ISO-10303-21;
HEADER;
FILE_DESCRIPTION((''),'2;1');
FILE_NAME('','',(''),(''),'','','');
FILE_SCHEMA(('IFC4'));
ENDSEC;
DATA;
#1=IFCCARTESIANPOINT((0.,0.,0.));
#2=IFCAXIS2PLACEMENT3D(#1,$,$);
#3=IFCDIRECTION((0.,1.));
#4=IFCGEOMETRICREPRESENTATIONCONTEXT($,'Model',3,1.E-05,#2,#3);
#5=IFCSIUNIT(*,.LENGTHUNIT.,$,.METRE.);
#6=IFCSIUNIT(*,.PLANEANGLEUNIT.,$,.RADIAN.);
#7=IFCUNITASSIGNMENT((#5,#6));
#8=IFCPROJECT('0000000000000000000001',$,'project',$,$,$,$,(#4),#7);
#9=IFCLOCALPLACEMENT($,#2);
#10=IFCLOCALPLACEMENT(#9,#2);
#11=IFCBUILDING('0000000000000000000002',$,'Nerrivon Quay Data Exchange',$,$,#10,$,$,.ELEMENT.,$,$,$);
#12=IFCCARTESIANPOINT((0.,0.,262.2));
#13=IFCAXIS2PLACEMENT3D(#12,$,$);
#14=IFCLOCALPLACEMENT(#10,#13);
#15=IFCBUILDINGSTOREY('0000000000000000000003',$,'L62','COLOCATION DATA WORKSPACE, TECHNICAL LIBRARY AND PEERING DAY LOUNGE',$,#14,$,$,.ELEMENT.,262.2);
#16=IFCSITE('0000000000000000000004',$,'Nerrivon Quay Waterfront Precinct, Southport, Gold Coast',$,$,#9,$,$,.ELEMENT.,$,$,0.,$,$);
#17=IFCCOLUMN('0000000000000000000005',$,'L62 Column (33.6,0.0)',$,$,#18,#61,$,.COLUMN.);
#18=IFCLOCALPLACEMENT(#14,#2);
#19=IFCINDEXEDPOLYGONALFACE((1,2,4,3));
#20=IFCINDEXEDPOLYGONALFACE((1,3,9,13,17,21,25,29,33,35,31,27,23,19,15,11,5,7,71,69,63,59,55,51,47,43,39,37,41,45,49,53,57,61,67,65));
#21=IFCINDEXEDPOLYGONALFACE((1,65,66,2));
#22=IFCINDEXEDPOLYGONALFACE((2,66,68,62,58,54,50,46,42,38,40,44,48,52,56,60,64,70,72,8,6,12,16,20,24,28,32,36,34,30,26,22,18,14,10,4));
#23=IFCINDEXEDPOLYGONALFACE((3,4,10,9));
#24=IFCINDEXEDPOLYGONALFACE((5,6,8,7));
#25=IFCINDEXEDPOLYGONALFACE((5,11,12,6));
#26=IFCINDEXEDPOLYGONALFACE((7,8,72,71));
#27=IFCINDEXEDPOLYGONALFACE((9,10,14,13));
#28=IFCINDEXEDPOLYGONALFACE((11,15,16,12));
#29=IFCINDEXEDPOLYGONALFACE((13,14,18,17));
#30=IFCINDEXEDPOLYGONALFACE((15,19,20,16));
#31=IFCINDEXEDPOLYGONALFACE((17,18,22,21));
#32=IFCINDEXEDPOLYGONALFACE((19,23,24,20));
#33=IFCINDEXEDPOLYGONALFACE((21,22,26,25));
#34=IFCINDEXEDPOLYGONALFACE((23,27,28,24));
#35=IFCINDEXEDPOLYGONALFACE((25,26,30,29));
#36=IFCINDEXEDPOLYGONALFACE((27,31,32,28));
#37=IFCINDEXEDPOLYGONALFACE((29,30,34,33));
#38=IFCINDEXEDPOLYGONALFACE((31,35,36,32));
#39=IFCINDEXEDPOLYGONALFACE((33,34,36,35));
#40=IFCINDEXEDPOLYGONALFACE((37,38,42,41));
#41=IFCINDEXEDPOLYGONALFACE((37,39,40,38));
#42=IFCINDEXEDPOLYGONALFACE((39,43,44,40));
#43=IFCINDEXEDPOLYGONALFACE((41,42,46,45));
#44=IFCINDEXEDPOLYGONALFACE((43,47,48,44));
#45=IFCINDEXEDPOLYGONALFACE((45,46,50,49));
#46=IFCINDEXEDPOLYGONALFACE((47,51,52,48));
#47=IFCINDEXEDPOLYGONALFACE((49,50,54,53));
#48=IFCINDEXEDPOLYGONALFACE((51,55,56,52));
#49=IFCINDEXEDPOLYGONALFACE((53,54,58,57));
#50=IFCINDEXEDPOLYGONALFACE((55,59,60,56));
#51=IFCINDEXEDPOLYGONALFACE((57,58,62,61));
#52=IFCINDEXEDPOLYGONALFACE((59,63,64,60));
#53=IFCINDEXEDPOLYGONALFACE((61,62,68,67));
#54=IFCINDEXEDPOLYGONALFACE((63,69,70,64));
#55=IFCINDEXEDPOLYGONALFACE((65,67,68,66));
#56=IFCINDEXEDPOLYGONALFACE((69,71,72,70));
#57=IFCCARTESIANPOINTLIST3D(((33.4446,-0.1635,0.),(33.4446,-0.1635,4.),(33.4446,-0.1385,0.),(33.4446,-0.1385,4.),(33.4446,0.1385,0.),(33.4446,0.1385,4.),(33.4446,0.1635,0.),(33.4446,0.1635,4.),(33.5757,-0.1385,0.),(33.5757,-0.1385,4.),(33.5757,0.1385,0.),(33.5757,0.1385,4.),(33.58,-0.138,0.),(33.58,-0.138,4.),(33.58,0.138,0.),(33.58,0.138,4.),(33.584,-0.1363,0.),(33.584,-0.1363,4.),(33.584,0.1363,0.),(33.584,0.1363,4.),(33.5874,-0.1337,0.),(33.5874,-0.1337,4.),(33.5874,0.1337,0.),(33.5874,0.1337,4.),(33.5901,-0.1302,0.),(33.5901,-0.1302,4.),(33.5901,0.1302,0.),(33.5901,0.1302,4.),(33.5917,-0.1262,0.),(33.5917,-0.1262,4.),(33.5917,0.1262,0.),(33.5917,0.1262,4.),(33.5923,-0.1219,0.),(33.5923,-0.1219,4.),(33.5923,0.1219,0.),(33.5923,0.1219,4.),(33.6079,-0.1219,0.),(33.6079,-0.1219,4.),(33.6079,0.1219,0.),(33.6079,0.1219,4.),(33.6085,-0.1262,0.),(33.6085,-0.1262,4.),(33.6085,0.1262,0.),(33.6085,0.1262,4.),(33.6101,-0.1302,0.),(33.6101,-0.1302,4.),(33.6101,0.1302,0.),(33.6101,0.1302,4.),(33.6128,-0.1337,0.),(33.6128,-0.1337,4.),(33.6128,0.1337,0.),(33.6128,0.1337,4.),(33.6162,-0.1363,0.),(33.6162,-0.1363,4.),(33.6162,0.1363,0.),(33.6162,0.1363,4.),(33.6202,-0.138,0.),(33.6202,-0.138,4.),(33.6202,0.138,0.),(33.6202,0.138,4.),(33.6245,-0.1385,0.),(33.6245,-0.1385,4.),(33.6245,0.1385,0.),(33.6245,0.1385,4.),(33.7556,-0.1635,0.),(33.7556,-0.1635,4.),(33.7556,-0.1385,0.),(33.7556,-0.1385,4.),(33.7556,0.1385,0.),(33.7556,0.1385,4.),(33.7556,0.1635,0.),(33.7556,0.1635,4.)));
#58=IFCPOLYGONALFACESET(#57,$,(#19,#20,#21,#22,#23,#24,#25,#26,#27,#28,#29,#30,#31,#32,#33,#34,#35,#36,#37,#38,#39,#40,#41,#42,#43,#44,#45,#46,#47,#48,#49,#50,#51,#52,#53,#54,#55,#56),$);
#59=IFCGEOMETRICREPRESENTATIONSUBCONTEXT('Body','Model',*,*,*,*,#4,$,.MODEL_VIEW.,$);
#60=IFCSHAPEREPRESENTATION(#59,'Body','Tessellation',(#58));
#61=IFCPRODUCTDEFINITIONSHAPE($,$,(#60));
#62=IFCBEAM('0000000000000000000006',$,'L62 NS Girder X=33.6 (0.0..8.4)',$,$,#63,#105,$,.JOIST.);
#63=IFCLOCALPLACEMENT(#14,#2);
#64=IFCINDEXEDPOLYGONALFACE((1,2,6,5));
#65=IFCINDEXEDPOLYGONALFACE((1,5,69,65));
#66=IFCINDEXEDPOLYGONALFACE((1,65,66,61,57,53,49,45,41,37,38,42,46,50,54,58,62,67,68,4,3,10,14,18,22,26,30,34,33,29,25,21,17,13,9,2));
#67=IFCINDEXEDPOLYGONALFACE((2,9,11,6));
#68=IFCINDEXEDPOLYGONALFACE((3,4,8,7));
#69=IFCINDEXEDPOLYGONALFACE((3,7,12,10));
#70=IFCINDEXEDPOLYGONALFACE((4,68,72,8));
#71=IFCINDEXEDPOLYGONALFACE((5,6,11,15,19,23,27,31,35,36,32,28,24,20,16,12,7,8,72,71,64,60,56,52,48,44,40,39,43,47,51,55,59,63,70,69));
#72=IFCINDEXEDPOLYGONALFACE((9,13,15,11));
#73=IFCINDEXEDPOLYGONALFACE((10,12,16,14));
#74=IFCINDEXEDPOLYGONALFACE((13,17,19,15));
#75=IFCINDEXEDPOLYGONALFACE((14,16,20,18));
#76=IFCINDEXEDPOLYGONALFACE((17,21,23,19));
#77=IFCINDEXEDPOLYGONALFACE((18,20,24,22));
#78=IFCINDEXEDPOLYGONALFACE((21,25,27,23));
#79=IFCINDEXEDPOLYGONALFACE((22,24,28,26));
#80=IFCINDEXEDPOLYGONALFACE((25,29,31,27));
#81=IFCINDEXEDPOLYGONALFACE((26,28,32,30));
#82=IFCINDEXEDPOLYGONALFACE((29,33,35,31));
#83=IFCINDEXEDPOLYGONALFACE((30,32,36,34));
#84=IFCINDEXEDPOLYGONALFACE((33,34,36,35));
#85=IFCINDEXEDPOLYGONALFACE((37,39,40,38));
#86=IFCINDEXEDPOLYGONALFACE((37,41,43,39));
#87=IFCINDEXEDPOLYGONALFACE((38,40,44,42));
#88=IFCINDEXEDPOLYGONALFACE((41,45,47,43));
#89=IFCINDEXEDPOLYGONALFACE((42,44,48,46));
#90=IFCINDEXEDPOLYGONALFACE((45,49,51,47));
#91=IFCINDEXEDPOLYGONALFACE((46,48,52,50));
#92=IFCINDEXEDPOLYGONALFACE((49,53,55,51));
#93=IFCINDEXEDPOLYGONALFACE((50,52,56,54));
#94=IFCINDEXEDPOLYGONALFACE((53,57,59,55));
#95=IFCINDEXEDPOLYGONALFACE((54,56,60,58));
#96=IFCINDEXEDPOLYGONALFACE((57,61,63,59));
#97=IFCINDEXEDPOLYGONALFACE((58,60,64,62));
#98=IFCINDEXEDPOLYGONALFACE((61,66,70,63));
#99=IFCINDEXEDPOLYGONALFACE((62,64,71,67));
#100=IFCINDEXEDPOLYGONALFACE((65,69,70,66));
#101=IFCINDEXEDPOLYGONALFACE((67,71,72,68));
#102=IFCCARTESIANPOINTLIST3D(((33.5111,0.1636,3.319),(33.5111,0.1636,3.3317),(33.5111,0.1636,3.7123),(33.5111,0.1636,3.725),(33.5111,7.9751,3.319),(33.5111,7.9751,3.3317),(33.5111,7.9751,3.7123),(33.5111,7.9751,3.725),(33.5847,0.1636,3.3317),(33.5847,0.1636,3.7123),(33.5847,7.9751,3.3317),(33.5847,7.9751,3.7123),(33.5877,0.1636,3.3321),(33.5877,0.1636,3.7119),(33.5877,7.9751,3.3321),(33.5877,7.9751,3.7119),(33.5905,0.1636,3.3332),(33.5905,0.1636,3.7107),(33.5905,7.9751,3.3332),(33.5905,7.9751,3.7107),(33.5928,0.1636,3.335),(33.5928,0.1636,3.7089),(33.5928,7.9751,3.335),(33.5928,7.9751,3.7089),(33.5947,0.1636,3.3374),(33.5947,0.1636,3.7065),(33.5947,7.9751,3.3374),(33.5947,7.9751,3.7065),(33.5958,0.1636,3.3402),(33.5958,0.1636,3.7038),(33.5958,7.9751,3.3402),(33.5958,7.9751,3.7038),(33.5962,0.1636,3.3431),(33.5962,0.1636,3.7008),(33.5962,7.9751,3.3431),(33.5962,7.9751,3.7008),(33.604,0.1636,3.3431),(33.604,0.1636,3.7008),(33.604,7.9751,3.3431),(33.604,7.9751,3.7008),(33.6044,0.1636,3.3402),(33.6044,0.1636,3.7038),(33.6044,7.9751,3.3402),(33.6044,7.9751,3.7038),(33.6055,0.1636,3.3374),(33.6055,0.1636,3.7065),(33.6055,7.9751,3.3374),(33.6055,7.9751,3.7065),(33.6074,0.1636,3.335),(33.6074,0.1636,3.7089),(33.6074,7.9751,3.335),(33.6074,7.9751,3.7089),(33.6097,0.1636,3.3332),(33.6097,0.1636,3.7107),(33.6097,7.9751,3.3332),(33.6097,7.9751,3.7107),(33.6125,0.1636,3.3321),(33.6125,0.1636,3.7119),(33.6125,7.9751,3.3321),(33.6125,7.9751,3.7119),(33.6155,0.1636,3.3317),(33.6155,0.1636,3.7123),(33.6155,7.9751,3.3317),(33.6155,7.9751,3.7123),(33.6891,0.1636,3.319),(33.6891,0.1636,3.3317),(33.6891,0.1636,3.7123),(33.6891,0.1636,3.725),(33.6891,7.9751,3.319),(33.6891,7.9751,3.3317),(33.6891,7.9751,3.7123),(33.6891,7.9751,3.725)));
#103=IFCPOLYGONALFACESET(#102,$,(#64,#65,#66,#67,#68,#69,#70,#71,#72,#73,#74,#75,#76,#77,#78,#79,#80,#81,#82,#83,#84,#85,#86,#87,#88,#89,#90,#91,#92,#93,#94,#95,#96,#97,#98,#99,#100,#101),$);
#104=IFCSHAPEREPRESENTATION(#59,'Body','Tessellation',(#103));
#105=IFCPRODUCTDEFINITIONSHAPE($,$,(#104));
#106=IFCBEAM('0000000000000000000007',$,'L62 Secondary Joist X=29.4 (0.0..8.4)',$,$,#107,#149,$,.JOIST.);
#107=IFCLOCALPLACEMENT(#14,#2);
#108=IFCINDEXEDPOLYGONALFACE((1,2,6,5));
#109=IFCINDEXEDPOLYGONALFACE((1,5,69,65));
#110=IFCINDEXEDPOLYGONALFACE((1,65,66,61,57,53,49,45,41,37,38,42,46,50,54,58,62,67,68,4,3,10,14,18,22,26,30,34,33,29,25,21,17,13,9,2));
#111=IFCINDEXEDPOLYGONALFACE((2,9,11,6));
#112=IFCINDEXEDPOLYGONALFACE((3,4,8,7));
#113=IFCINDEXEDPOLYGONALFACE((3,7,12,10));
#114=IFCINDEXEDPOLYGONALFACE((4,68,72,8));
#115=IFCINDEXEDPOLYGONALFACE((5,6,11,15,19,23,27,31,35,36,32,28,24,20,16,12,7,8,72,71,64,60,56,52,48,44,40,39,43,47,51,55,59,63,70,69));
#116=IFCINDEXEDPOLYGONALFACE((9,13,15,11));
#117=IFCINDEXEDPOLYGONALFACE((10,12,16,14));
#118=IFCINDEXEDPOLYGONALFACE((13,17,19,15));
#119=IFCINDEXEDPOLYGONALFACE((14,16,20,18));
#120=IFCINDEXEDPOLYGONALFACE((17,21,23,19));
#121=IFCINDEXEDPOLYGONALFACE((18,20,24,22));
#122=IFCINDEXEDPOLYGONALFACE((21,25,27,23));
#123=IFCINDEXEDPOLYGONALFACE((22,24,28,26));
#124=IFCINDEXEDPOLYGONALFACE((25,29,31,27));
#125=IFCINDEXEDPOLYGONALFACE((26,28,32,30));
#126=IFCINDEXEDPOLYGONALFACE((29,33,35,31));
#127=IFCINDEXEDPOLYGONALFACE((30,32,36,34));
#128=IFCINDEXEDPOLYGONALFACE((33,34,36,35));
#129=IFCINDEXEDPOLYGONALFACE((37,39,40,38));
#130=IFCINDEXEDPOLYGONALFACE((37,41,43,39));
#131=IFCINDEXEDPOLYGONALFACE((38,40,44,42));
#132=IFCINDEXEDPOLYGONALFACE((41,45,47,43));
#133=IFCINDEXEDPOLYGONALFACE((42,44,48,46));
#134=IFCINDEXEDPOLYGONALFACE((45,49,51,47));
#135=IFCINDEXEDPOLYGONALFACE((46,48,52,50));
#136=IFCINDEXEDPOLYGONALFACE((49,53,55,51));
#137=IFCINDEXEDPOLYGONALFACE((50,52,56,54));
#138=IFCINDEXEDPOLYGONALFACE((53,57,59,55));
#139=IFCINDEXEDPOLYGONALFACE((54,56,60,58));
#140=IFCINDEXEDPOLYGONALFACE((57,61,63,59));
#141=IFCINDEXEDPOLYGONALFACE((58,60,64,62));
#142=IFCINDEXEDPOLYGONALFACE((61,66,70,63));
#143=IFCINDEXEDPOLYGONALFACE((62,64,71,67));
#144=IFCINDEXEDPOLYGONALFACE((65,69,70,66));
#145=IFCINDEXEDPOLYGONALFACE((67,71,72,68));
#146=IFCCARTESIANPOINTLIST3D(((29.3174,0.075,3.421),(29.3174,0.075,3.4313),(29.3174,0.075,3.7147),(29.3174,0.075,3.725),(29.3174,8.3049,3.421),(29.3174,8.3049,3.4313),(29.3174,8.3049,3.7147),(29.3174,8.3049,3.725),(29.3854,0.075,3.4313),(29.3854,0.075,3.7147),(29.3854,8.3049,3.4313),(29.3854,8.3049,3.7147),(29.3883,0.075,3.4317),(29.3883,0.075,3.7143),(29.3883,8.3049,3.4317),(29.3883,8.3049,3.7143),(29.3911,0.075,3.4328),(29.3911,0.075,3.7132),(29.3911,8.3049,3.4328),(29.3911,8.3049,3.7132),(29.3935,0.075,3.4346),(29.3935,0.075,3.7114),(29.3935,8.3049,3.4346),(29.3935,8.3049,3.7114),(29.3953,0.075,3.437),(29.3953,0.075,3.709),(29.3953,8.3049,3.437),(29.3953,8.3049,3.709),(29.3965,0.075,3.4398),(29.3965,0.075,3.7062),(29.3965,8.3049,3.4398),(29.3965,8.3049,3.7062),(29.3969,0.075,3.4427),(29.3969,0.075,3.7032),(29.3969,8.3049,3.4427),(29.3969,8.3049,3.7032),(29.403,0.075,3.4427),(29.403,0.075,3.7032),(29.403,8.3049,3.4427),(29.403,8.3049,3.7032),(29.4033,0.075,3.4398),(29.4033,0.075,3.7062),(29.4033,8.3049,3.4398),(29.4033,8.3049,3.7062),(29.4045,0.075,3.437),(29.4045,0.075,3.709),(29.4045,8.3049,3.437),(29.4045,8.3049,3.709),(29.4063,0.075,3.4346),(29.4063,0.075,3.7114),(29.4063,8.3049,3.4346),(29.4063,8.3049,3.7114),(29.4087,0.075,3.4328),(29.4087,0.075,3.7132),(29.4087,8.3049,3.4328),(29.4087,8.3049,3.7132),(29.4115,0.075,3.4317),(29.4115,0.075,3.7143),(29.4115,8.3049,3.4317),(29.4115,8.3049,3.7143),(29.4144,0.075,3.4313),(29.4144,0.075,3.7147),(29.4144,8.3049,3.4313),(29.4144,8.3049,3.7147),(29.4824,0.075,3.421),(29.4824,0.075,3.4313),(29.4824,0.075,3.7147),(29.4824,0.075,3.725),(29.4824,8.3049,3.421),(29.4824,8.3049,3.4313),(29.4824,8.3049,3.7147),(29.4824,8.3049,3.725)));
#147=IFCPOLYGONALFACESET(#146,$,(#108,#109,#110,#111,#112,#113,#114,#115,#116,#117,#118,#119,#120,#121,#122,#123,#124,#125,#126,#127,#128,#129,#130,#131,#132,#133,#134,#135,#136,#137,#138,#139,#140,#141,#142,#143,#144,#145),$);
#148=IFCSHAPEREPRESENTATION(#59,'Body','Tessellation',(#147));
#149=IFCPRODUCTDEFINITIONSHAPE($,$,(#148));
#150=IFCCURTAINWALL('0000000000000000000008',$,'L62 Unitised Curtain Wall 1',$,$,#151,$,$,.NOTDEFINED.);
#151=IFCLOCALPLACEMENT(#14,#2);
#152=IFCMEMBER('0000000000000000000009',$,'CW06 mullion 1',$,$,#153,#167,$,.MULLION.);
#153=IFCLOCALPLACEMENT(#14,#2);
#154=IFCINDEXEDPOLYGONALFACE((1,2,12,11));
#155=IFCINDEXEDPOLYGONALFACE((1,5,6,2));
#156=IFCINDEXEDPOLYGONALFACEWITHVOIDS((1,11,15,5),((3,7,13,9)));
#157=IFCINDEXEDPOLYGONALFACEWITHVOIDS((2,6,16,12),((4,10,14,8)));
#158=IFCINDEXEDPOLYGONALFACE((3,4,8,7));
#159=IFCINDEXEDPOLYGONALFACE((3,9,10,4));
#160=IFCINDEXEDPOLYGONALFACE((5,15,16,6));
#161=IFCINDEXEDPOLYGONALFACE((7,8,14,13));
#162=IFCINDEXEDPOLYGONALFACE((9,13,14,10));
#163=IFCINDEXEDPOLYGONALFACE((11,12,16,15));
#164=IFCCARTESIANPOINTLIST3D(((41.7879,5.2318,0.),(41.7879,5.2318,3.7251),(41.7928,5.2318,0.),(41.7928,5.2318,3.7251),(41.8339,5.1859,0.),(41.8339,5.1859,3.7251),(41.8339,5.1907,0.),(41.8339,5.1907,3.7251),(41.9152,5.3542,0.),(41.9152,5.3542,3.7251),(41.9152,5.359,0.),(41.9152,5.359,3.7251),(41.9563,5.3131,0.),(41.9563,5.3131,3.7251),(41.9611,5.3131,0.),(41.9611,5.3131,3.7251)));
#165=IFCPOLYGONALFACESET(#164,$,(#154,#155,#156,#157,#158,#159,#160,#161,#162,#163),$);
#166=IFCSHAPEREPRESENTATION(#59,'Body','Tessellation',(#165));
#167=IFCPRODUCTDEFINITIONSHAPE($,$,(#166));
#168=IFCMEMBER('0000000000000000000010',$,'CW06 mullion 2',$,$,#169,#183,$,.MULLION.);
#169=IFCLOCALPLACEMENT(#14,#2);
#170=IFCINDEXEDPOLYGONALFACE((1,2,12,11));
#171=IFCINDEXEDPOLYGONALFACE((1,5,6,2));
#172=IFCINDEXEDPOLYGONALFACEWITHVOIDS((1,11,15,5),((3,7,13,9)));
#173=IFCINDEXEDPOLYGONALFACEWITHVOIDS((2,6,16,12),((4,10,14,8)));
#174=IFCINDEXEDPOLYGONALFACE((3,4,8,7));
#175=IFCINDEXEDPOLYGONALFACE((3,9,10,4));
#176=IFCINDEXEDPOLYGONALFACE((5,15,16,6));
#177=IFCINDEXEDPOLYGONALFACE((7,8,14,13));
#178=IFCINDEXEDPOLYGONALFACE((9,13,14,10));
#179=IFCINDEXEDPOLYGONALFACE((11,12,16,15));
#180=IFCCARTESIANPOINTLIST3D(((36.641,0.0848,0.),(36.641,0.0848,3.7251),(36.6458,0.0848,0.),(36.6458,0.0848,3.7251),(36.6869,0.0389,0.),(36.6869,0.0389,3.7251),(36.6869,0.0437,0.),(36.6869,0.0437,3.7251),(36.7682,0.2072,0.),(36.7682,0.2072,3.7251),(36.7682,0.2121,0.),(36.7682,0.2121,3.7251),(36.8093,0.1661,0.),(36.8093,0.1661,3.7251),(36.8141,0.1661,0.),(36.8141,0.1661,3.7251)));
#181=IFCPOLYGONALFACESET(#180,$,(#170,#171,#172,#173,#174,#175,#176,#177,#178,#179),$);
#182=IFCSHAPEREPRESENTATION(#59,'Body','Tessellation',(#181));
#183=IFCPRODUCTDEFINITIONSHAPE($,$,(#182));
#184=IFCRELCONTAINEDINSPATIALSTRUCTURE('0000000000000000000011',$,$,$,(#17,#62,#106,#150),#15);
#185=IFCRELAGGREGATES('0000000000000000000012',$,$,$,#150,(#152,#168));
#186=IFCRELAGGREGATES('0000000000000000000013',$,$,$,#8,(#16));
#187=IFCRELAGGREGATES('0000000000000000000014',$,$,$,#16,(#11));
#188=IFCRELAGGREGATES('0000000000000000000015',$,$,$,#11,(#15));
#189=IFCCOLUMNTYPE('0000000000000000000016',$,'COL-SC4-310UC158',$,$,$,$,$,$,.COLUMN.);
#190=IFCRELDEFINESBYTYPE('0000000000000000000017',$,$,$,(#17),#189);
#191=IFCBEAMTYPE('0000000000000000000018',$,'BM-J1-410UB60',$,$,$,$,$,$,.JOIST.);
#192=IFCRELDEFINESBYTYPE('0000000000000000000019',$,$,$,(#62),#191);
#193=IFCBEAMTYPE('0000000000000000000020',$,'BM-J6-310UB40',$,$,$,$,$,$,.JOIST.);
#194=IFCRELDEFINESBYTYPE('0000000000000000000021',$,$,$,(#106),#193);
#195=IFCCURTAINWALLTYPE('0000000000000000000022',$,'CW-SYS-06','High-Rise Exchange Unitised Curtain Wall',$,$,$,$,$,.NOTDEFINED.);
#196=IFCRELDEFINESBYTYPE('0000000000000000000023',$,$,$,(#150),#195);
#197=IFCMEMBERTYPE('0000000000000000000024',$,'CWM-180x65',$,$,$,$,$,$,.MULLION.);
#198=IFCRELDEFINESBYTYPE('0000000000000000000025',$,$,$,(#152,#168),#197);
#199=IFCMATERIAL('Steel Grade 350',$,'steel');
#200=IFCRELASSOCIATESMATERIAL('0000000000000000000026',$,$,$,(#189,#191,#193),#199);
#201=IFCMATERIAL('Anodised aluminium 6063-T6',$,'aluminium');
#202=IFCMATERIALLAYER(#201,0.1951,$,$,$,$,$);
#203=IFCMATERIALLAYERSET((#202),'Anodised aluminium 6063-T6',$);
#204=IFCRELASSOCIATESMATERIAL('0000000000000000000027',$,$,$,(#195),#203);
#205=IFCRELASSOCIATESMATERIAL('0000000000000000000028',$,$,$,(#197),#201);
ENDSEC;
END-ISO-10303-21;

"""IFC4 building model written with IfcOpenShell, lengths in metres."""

from ifc_helpers import new_model, si_unit, direction, frame, origin, origin_2d, place, context, subcontext, project, spatial, hollow_rectangle, i_section, extrude, material, layer, layer_set, material_profile, profile_set, type_object, element, aggregate, save


model = new_model("IFC4")

# Units and contexts
model_context = context("Model", 3, precision=1e-05, world=origin(), true_north=direction((0.0, 1.0)))
body_context = subcontext(model_context, "Body", "Model", "MODEL_VIEW")
ifc_project = project(units=[si_unit("LENGTHUNIT", "METRE"), si_unit("PLANEANGLEUNIT", "RADIAN")], contexts=[model_context])

# Site, building, storey
site_placement = place(None, origin())
site = spatial("IfcSite", under=ifc_project, at=site_placement, Name="Nerrivon Quay Waterfront Precinct, Southport, Gold Coast", CompositionType="ELEMENT", RefElevation=0.0)
building_placement = place(site_placement, origin())
building = spatial("IfcBuilding", under=site, at=building_placement, Name="Nerrivon Quay Data Exchange", CompositionType="ELEMENT")
storey_placement = place(building_placement, frame((0.0, 0.0, 262.2)))
storey = spatial("IfcBuildingStorey", under=building, at=storey_placement, Name="L62", Description="COLOCATION DATA WORKSPACE, TECHNICAL LIBRARY AND PEERING DAY LOUNGE", CompositionType="ELEMENT", Elevation=262.2)

# Column
ifc_material_1 = material(Name="Steel Grade 350", Category="steel")
ifc_material_profile_1 = material_profile(ifc_material_1, i_section(OverallWidth=0.311, OverallDepth=0.3269, WebThickness=0.0156, FlangeThickness=0.0249, FilletRadius=0.0166, at=origin_2d()), Name="310UC158")
ifc_profile_set_1 = profile_set([ifc_material_profile_1], Name="Steel Grade 350")
column_type = type_object("IfcColumnType", Name="COL-SC4-310UC158", PredefinedType="COLUMN", material=ifc_profile_set_1)
column_placement = place(storey_placement, frame((33.6001, 0.0, 0.0), z_axis=(0.0, 0.0, 1.0), x_axis=(1.0, 0.0, 0.0)))
element("IfcColumn", 1, at=column_placement, inside=storey, type_object=column_type, Name="L62 Column (33.6,0.0)", PredefinedType="COLUMN", context=body_context, shape_type="SweptSolid", body=[
    extrude(i_section(OverallWidth=0.311, OverallDepth=0.3269, WebThickness=0.0156, FlangeThickness=0.0249, FilletRadius=0.0166, at=origin_2d()), origin(), (0.0, 0.0, 1.0), 4.0),
])

# Beams
ifc_material_profile_2 = material_profile(ifc_material_1, i_section(OverallWidth=0.178, OverallDepth=0.406, WebThickness=0.0078, FlangeThickness=0.0127, FilletRadius=0.0115, at=origin_2d()), Name="410UB59.7")
ifc_profile_set_2 = profile_set([ifc_material_profile_2], Name="Steel Grade 350")
beam_type_1 = type_object("IfcBeamType", Name="BM-J1-410UB60", PredefinedType="JOIST", material=ifc_profile_set_2)
beam_1_placement = place(storey_placement, frame((33.6001, 0.1636, 3.522), z_axis=(0.0, 1.0, 0.0), x_axis=(-1.0, 0.0, 0.0)))
element("IfcBeam", 2, at=beam_1_placement, inside=storey, type_object=beam_type_1, Name="L62 NS Girder X=33.6 (0.0..8.4)", PredefinedType="JOIST", context=body_context, shape_type="SweptSolid", body=[
    extrude(i_section(OverallWidth=0.178, OverallDepth=0.406, WebThickness=0.0078, FlangeThickness=0.0127, FilletRadius=0.0115, at=origin_2d()), origin(), (0.0, 0.0, 1.0), 7.8115),
])
ifc_material_profile_3 = material_profile(ifc_material_1, i_section(OverallWidth=0.165, OverallDepth=0.304, WebThickness=0.0061, FlangeThickness=0.0103, FilletRadius=0.0115, at=origin_2d()), Name="310UB40.4")
ifc_profile_set_3 = profile_set([ifc_material_profile_3], Name="Steel Grade 350")
beam_type_2 = type_object("IfcBeamType", Name="BM-J6-310UB40", PredefinedType="JOIST", material=ifc_profile_set_3)
beam_2_placement = place(storey_placement, frame((29.3999, 0.075, 3.573), z_axis=(0.0, 1.0, 0.0), x_axis=(-1.0, 0.0, 0.0)))
element("IfcBeam", 3, at=beam_2_placement, inside=storey, type_object=beam_type_2, Name="L62 Secondary Joist X=29.4 (0.0..8.4)", PredefinedType="JOIST", context=body_context, shape_type="SweptSolid", body=[
    extrude(i_section(OverallWidth=0.165, OverallDepth=0.304, WebThickness=0.0061, FlangeThickness=0.0103, FilletRadius=0.0115, at=origin_2d()), origin(), (0.0, 0.0, 1.0), 8.23),
])

# Curtain wall, members
ifc_material_2 = material(Name="Anodised aluminium 6063-T6", Category="aluminium")
ifc_layer_1 = layer(ifc_material_2, 0.1951)
ifc_layer_set_1 = layer_set([ifc_layer_1], Name="Anodised aluminium 6063-T6")
curtain_wall_type = type_object("IfcCurtainWallType", Name="CW-SYS-06", Description="High-Rise Exchange Unitised Curtain Wall", PredefinedType="NOTDEFINED", material=ifc_layer_set_1)
curtain_wall_1_placement = place(storey_placement, origin())
curtain_wall_1 = element("IfcCurtainWall", 4, at=curtain_wall_1_placement, inside=storey, type_object=curtain_wall_type, Name="L62 Unitised Curtain Wall 1", PredefinedType="NOTDEFINED")
ifc_material_profile_4 = material_profile(ifc_material_2, hollow_rectangle(XDim=0.0649, YDim=0.1799, WallThickness=0.0034, at=origin_2d()), Name="ALU-MULL-180x65")
ifc_profile_set_4 = profile_set([ifc_material_profile_4], Name="Anodised aluminium 6063-T6")
member_type_1 = type_object("IfcMemberType", Name="CWM-180x65", PredefinedType="MULLION", material=ifc_profile_set_4)
member_1_placement = place(storey_placement, frame((41.8745, 5.2725, 0.0), z_axis=(0.0, 0.0, 1.0), x_axis=(0.707107, -0.707107, 0.0)))
member_1 = element("IfcMember", 5, at=member_1_placement, type_object=member_type_1, Name="CW06 mullion 1", PredefinedType="MULLION", context=body_context, shape_type="SweptSolid", body=[
    extrude(hollow_rectangle(XDim=0.0649, YDim=0.1799, WallThickness=0.0034, at=origin_2d()), origin(), (0.0, 0.0, 1.0), 3.7251),
])
member_2_placement = place(storey_placement, frame((36.7275, 0.1255, 0.0), z_axis=(0.0, 0.0, 1.0), x_axis=(0.707107, -0.707107, 0.0)))
member_2 = element("IfcMember", 6, at=member_2_placement, type_object=member_type_1, Name="CW06 mullion 2", PredefinedType="MULLION", context=body_context, shape_type="SweptSolid", body=[
    extrude(hollow_rectangle(XDim=0.0649, YDim=0.1799, WallThickness=0.0034, at=origin_2d()), origin(), (0.0, 0.0, 1.0), 3.7251),
])

aggregate(curtain_wall_1, [member_1, member_2])

save(model, "model.ifc")
